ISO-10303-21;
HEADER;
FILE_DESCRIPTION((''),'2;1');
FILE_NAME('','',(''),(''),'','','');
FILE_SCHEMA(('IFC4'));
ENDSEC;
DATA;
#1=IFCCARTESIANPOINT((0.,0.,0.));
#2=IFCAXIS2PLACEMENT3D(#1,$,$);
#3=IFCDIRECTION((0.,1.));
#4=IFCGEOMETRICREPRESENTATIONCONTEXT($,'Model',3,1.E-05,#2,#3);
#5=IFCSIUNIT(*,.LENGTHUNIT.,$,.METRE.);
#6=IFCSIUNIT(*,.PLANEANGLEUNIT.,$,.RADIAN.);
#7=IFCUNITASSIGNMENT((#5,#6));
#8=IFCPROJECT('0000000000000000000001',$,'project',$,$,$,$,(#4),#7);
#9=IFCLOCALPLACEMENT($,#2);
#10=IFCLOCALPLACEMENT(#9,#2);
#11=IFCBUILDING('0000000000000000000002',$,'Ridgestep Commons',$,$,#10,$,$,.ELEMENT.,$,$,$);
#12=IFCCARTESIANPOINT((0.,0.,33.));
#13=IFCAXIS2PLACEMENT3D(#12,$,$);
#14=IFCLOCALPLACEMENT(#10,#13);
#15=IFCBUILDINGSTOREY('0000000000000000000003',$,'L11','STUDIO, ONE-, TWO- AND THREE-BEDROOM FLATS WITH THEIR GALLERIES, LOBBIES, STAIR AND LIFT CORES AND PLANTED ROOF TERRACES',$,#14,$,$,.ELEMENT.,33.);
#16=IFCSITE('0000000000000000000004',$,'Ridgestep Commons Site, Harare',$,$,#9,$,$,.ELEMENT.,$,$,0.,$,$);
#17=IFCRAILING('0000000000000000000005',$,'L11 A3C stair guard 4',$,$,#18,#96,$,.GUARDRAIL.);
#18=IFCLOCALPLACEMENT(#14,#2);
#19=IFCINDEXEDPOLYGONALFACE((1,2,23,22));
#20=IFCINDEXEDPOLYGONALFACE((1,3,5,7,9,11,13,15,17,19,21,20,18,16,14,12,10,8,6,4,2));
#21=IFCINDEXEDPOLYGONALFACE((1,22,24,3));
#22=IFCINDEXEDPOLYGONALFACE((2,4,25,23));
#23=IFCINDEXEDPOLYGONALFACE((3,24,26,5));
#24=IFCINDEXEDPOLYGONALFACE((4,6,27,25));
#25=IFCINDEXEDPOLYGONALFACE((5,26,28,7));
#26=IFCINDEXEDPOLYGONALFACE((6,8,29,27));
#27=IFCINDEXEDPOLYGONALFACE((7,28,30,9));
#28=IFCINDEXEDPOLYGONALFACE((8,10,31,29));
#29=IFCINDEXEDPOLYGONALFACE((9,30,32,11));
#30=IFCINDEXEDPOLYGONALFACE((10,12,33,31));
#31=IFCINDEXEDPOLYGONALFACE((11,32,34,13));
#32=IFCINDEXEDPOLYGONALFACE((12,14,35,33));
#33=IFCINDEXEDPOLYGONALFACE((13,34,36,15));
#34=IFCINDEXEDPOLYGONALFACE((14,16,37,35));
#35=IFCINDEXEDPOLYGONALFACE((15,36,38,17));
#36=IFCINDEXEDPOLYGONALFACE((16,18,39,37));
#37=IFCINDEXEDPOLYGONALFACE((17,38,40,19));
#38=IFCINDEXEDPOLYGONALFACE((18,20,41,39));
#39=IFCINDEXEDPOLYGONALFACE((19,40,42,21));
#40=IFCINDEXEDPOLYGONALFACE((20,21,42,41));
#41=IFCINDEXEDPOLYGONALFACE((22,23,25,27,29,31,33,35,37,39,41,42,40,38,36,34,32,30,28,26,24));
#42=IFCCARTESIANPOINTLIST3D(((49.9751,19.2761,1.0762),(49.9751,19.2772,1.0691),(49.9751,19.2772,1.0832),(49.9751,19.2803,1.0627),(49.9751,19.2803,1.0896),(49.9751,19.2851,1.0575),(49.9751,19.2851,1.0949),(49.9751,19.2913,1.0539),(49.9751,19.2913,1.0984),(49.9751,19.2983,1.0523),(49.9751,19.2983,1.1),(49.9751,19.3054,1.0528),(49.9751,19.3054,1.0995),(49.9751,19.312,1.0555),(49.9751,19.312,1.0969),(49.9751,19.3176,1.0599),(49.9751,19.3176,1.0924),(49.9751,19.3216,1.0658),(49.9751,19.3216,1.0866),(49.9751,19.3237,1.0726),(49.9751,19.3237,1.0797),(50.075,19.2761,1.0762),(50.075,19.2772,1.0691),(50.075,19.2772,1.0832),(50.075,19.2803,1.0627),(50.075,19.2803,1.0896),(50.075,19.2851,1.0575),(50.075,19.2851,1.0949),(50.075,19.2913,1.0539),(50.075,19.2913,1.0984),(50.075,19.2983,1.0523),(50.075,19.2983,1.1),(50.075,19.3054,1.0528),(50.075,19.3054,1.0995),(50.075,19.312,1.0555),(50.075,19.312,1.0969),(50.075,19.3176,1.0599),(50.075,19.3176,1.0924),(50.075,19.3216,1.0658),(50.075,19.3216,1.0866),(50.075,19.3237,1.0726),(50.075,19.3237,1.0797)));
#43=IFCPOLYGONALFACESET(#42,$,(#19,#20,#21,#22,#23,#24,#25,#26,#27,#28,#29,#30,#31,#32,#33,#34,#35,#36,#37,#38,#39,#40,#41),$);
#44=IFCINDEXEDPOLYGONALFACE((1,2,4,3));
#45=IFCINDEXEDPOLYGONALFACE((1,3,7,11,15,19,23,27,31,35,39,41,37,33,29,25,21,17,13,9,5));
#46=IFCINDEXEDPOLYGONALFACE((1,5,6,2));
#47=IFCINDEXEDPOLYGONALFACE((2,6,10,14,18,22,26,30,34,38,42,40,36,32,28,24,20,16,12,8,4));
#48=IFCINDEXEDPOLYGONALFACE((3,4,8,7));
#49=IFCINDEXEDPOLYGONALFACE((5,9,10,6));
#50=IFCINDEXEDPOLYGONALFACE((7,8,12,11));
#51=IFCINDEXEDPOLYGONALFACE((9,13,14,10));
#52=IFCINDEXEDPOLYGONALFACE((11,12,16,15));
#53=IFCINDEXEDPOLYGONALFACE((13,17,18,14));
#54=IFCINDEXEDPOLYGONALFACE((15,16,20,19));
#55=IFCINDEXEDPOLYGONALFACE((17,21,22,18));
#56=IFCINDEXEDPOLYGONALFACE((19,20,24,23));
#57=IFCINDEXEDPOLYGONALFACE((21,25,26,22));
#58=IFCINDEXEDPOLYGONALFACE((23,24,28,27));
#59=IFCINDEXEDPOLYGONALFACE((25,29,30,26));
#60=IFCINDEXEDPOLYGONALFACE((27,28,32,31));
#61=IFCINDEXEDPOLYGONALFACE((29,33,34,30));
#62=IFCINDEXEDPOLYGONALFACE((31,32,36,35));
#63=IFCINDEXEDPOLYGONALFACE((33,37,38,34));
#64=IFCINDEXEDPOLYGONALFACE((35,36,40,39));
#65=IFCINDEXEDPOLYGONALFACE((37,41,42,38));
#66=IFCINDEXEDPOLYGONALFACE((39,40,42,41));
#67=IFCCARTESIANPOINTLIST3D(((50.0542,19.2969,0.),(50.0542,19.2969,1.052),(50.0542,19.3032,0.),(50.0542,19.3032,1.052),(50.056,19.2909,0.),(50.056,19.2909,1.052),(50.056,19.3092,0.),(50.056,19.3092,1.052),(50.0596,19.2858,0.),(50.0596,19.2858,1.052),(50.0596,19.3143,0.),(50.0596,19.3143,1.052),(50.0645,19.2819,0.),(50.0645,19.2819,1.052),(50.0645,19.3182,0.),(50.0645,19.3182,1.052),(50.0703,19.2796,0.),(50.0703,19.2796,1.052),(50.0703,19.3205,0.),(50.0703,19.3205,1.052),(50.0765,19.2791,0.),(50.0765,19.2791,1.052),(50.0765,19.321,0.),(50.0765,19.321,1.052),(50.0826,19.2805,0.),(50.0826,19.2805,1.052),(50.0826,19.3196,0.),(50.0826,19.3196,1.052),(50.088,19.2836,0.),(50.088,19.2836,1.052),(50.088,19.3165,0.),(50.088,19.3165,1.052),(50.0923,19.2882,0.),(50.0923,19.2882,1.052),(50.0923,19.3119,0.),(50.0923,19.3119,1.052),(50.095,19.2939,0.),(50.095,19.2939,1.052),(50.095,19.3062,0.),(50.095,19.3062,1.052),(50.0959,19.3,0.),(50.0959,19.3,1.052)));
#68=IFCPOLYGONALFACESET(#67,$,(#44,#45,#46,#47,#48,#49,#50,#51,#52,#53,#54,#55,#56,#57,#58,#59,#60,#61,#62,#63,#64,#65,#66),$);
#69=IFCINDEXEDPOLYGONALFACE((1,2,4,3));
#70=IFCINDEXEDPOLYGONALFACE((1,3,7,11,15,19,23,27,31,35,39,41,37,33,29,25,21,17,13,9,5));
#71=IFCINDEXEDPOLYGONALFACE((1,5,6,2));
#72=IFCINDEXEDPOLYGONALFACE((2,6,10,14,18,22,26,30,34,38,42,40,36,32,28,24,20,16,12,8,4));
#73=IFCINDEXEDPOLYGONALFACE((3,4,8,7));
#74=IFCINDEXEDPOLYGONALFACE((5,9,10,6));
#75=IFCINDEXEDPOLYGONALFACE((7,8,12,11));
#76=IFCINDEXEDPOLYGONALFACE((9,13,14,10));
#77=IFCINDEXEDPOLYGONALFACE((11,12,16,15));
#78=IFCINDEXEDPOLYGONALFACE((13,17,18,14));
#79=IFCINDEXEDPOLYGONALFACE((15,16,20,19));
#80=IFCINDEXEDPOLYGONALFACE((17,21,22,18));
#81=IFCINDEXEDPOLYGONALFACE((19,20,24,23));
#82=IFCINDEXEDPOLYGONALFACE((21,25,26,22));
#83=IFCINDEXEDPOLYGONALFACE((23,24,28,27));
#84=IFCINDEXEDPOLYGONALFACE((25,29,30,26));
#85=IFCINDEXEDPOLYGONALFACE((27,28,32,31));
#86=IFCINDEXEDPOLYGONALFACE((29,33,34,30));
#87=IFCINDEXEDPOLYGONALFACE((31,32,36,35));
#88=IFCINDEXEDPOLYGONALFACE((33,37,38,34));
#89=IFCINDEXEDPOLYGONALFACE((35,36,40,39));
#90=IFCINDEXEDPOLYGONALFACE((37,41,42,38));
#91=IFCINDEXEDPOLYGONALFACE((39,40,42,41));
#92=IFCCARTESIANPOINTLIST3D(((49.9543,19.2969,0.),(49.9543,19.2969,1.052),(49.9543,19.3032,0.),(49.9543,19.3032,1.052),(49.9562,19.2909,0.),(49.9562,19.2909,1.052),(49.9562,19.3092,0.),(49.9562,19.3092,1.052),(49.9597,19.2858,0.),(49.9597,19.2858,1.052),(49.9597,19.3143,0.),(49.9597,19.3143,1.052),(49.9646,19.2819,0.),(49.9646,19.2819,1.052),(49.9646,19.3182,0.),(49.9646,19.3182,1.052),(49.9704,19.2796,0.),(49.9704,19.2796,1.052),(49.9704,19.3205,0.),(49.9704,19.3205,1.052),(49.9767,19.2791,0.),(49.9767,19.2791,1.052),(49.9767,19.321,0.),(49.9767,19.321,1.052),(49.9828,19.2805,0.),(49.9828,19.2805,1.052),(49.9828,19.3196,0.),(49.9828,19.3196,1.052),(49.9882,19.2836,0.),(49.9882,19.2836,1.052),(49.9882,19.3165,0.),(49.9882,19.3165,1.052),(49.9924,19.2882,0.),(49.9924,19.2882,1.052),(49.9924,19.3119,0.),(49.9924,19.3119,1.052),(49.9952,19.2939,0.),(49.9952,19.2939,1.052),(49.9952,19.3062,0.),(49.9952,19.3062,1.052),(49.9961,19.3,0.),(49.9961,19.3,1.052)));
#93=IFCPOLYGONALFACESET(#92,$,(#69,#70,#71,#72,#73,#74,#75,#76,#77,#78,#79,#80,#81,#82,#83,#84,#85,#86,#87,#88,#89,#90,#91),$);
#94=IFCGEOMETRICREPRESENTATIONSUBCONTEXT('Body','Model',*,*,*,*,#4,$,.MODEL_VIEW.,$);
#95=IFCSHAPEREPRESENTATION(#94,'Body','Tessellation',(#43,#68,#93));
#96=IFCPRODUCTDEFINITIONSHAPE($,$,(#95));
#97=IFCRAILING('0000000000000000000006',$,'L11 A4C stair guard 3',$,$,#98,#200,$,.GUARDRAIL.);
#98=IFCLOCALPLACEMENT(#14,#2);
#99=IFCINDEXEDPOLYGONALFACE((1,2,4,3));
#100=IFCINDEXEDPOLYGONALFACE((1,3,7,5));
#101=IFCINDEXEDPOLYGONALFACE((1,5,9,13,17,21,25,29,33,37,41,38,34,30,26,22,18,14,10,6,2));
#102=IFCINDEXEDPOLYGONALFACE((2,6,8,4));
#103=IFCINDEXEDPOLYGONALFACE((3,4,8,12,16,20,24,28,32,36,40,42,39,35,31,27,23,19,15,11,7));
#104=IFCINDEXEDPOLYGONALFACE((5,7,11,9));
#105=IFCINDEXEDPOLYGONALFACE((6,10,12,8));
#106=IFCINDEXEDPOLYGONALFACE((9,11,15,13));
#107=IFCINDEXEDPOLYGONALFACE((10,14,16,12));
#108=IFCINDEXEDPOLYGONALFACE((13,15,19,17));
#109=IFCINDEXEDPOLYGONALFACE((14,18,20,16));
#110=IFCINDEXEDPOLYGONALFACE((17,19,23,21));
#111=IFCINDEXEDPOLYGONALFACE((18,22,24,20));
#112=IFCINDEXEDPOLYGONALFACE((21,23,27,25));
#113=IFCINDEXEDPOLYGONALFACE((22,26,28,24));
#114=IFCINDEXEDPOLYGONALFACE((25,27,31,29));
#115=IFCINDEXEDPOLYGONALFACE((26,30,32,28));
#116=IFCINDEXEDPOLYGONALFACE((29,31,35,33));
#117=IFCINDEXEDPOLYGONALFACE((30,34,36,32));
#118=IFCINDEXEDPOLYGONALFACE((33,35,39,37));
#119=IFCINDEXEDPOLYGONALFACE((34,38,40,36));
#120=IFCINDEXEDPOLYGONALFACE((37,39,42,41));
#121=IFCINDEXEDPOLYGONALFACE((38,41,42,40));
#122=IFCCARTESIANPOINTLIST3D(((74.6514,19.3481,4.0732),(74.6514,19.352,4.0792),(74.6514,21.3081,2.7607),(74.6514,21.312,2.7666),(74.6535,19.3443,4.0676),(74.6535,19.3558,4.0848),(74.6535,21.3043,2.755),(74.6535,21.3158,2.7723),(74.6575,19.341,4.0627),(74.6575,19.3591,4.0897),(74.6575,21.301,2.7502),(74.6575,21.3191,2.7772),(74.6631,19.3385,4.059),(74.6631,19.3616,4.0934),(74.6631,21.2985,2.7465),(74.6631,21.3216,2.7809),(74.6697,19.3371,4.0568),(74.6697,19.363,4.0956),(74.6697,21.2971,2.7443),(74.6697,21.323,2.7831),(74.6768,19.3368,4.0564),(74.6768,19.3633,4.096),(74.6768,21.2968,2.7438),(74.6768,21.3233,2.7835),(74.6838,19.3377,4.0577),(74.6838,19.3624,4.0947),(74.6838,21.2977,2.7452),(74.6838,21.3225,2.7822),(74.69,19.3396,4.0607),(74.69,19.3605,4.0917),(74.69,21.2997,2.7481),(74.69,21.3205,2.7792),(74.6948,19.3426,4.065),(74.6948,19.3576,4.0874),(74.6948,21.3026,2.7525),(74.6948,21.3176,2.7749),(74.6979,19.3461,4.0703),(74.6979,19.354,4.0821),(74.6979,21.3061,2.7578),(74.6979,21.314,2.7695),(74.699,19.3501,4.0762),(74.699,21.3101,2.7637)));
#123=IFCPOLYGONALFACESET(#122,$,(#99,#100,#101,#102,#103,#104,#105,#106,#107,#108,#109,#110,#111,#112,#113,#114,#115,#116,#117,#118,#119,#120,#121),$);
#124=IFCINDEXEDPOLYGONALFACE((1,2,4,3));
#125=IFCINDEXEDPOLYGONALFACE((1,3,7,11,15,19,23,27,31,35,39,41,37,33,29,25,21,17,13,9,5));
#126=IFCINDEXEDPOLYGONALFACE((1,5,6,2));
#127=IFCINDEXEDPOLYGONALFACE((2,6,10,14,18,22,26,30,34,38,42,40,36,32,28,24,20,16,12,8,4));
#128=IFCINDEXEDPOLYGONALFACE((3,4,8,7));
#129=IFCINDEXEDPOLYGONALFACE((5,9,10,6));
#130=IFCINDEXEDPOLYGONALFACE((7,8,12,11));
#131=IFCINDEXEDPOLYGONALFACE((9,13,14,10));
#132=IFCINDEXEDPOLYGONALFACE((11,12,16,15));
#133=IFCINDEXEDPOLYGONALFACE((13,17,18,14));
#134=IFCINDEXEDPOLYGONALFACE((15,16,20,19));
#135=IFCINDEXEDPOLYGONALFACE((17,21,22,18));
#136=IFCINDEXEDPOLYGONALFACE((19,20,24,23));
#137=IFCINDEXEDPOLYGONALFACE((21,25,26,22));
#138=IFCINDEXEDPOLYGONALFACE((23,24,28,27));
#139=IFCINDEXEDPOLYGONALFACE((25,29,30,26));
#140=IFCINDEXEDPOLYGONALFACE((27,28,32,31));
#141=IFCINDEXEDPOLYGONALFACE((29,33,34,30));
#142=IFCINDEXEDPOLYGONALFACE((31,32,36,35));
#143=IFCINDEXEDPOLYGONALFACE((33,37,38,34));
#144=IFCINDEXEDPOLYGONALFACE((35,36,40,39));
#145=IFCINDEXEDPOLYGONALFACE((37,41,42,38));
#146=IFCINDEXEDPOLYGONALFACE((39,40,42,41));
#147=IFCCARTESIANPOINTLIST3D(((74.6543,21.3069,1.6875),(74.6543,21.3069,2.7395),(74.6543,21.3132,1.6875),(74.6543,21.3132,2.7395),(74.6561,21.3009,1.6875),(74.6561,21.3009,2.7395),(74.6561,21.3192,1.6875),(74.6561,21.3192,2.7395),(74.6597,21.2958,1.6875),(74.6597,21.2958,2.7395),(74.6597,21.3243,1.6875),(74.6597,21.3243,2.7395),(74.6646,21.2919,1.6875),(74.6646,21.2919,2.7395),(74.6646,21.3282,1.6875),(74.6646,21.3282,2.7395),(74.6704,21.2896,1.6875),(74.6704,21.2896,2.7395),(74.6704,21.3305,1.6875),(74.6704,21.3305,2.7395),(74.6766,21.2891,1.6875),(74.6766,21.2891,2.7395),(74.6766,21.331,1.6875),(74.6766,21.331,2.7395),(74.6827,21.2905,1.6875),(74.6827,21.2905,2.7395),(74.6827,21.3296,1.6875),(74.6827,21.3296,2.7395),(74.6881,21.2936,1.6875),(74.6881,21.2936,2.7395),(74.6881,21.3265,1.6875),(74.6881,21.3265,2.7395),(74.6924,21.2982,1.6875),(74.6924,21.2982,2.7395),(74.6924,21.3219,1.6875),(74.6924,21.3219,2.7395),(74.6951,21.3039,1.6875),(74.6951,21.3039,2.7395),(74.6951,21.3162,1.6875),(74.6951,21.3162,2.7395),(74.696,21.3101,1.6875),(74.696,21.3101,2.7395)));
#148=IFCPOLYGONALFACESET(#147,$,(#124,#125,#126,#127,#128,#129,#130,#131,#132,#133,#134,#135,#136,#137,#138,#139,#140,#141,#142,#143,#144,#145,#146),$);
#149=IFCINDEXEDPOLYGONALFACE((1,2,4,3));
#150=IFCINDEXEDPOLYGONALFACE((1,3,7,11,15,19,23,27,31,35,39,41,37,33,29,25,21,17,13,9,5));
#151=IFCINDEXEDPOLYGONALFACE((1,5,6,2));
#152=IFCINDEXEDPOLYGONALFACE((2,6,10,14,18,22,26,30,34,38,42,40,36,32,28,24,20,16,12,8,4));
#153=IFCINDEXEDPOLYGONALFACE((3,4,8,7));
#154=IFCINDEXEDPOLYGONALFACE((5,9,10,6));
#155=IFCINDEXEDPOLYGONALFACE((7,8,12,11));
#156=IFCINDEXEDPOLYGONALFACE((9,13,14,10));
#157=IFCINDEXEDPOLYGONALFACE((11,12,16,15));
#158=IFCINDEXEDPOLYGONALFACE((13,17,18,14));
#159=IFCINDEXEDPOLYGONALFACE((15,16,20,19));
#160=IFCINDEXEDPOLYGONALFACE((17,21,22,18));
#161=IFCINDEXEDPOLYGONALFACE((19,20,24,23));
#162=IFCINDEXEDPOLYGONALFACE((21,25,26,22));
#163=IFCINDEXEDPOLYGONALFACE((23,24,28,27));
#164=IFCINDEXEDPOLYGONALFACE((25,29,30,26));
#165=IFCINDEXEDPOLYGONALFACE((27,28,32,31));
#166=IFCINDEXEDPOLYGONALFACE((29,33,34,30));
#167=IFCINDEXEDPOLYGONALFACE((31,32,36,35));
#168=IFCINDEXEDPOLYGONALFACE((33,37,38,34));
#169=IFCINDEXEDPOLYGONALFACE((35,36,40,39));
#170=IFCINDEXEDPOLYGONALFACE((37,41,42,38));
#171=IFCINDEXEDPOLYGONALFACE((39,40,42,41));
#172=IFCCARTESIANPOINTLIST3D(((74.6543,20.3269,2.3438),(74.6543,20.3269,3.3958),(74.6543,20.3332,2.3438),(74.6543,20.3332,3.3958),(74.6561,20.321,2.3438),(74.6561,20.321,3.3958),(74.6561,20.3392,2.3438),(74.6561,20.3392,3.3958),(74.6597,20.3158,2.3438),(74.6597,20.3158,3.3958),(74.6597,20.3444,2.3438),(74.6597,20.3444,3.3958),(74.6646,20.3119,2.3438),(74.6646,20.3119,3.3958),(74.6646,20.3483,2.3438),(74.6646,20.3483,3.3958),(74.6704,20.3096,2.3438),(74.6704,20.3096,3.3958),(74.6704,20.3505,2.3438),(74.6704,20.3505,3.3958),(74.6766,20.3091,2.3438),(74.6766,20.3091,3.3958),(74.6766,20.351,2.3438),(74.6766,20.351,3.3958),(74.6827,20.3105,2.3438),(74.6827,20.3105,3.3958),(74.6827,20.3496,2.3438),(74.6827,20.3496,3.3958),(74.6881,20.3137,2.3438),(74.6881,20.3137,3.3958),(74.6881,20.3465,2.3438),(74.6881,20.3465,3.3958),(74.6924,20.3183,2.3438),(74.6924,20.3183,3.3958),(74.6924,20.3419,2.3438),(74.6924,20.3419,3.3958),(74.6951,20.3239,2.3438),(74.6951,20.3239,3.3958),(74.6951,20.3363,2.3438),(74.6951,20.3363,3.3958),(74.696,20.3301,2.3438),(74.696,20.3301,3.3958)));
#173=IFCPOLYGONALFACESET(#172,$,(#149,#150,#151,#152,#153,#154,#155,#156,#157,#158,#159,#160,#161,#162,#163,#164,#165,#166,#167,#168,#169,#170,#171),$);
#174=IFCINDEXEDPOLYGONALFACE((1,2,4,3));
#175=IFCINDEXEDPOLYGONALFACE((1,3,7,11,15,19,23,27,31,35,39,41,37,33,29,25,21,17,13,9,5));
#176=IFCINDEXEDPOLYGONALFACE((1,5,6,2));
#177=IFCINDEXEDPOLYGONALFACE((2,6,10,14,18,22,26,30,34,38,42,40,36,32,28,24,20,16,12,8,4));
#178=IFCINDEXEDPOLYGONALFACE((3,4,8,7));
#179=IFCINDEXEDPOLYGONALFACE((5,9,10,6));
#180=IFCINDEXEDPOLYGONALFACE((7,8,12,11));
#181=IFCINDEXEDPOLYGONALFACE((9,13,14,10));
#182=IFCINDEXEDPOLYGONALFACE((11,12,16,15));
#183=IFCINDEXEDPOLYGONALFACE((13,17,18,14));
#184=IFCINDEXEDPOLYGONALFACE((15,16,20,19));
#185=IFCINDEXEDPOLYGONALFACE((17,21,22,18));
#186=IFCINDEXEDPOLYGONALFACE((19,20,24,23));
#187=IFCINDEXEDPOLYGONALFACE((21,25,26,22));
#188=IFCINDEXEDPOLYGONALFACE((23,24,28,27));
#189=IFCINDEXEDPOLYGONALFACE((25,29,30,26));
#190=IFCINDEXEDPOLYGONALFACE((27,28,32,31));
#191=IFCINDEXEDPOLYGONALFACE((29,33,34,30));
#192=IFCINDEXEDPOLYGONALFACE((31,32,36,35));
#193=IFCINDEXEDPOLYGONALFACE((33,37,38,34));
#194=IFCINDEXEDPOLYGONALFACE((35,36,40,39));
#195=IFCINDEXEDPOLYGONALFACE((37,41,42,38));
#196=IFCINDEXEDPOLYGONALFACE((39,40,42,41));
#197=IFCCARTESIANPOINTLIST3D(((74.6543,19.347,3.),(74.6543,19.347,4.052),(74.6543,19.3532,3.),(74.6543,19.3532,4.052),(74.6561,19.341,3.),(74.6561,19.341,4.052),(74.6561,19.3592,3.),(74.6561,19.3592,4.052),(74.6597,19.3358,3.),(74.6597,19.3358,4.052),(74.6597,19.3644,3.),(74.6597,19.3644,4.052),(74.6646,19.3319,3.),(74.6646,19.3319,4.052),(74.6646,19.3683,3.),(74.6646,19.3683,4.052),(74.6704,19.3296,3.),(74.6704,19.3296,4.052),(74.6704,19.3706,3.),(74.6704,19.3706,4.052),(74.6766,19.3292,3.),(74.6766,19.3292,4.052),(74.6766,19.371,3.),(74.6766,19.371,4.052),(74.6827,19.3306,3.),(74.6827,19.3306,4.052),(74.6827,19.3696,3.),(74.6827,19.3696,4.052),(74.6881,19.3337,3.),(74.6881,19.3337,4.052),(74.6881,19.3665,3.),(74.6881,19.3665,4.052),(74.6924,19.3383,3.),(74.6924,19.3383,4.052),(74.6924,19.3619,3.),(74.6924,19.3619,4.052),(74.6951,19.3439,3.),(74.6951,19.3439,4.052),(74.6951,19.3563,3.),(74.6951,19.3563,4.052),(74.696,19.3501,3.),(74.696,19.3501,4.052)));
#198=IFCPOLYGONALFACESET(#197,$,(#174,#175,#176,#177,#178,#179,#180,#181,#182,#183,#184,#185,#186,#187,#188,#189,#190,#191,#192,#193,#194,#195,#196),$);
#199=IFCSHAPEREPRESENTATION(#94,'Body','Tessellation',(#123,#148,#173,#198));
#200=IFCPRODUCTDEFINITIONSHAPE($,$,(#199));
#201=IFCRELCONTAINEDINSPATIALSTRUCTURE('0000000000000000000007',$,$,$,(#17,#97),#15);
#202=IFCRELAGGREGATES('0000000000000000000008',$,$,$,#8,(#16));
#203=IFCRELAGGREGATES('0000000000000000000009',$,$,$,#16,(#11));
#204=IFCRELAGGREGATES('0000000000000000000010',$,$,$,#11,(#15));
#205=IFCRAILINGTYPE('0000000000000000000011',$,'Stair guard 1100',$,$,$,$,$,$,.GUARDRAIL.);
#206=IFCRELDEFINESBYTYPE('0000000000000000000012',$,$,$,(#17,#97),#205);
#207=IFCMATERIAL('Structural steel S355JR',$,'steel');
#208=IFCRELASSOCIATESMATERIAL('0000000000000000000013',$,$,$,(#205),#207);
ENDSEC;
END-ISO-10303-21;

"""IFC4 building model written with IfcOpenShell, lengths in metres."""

from ifc_helpers import new_model, si_unit, direction, frame, origin, origin_2d, place, context, subcontext, project, spatial, circle, extrude, material, type_object, element, save


model = new_model("IFC4")

# Units and contexts
model_context = context("Model", 3, precision=1e-05, world=origin(), true_north=direction((0.0, 1.0)))
body_context = subcontext(model_context, "Body", "Model", "MODEL_VIEW")
ifc_project = project(units=[si_unit("LENGTHUNIT", "METRE"), si_unit("PLANEANGLEUNIT", "RADIAN")], contexts=[model_context])

# Site, building, storey
site_placement = place(None, origin())
site = spatial("IfcSite", under=ifc_project, at=site_placement, Name="Ridgestep Commons Site, Harare", CompositionType="ELEMENT", RefElevation=0.0)
building_placement = place(site_placement, origin())
building = spatial("IfcBuilding", under=site, at=building_placement, Name="Ridgestep Commons", CompositionType="ELEMENT")
storey_placement = place(building_placement, frame((0.0, 0.0, 33.0)))
storey = spatial("IfcBuildingStorey", under=building, at=storey_placement, Name="L11", Description="STUDIO, ONE-, TWO- AND THREE-BEDROOM FLATS WITH THEIR GALLERIES, LOBBIES, STAIR AND LIFT CORES AND PLANTED ROOF TERRACES", CompositionType="ELEMENT", Elevation=33.0)

# Railings
ifc_material_1 = material(Name="Structural steel S355JR", Category="steel")
railing_type_1 = type_object("IfcRailingType", Name="Stair guard 1100", PredefinedType="GUARDRAIL", material=ifc_material_1)
railing_1_placement = place(storey_placement, frame((50.075, 19.3, 0.0)))
element("IfcRailing", 1, at=railing_1_placement, inside=storey, type_object=railing_type_1, Name="L11 A3C stair guard 4", PredefinedType="GUARDRAIL", context=body_context, shape_type="SweptSolid", body=[
    extrude(circle(Radius=0.0239, at=origin_2d()), frame((0.0, 0.0, 1.0762), z_axis=(-1.0, 0.0, 0.0), x_axis=(0.0, -1.0, 0.0)), (0.0, 0.0, 1.0), 0.0999),
    extrude(circle(Radius=0.021, at=origin_2d()), origin(), (0.0, 0.0, 1.0), 1.052),
    extrude(circle(Radius=0.021, at=origin_2d()), frame((-0.0999, 0.0, 0.0)), (0.0, 0.0, 1.0), 1.052),
])
railing_2_placement = place(storey_placement, frame((74.675, 21.3101, 1.6875)))
element("IfcRailing", 2, at=railing_2_placement, inside=storey, type_object=railing_type_1, Name="L11 A4C stair guard 3", PredefinedType="GUARDRAIL", context=body_context, shape_type="SweptSolid", body=[
    extrude(circle(Radius=0.0239, at=origin_2d()), frame((0.0, 0.0, 1.0762), z_axis=(0.0, -0.830902, 0.556419), x_axis=(1.0, 0.0, 0.0)), (0.0, 0.0, 1.0), 2.3589),
    extrude(circle(Radius=0.021, at=origin_2d()), origin(), (0.0, 0.0, 1.0), 1.052),
    extrude(circle(Radius=0.021, at=origin_2d()), frame((0.0, -0.98, 0.6562)), (0.0, 0.0, 1.0), 1.052),
    extrude(circle(Radius=0.021, at=origin_2d()), frame((0.0, -1.96, 1.3125)), (0.0, 0.0, 1.0), 1.052),
])

save(model, "model.ifc")
